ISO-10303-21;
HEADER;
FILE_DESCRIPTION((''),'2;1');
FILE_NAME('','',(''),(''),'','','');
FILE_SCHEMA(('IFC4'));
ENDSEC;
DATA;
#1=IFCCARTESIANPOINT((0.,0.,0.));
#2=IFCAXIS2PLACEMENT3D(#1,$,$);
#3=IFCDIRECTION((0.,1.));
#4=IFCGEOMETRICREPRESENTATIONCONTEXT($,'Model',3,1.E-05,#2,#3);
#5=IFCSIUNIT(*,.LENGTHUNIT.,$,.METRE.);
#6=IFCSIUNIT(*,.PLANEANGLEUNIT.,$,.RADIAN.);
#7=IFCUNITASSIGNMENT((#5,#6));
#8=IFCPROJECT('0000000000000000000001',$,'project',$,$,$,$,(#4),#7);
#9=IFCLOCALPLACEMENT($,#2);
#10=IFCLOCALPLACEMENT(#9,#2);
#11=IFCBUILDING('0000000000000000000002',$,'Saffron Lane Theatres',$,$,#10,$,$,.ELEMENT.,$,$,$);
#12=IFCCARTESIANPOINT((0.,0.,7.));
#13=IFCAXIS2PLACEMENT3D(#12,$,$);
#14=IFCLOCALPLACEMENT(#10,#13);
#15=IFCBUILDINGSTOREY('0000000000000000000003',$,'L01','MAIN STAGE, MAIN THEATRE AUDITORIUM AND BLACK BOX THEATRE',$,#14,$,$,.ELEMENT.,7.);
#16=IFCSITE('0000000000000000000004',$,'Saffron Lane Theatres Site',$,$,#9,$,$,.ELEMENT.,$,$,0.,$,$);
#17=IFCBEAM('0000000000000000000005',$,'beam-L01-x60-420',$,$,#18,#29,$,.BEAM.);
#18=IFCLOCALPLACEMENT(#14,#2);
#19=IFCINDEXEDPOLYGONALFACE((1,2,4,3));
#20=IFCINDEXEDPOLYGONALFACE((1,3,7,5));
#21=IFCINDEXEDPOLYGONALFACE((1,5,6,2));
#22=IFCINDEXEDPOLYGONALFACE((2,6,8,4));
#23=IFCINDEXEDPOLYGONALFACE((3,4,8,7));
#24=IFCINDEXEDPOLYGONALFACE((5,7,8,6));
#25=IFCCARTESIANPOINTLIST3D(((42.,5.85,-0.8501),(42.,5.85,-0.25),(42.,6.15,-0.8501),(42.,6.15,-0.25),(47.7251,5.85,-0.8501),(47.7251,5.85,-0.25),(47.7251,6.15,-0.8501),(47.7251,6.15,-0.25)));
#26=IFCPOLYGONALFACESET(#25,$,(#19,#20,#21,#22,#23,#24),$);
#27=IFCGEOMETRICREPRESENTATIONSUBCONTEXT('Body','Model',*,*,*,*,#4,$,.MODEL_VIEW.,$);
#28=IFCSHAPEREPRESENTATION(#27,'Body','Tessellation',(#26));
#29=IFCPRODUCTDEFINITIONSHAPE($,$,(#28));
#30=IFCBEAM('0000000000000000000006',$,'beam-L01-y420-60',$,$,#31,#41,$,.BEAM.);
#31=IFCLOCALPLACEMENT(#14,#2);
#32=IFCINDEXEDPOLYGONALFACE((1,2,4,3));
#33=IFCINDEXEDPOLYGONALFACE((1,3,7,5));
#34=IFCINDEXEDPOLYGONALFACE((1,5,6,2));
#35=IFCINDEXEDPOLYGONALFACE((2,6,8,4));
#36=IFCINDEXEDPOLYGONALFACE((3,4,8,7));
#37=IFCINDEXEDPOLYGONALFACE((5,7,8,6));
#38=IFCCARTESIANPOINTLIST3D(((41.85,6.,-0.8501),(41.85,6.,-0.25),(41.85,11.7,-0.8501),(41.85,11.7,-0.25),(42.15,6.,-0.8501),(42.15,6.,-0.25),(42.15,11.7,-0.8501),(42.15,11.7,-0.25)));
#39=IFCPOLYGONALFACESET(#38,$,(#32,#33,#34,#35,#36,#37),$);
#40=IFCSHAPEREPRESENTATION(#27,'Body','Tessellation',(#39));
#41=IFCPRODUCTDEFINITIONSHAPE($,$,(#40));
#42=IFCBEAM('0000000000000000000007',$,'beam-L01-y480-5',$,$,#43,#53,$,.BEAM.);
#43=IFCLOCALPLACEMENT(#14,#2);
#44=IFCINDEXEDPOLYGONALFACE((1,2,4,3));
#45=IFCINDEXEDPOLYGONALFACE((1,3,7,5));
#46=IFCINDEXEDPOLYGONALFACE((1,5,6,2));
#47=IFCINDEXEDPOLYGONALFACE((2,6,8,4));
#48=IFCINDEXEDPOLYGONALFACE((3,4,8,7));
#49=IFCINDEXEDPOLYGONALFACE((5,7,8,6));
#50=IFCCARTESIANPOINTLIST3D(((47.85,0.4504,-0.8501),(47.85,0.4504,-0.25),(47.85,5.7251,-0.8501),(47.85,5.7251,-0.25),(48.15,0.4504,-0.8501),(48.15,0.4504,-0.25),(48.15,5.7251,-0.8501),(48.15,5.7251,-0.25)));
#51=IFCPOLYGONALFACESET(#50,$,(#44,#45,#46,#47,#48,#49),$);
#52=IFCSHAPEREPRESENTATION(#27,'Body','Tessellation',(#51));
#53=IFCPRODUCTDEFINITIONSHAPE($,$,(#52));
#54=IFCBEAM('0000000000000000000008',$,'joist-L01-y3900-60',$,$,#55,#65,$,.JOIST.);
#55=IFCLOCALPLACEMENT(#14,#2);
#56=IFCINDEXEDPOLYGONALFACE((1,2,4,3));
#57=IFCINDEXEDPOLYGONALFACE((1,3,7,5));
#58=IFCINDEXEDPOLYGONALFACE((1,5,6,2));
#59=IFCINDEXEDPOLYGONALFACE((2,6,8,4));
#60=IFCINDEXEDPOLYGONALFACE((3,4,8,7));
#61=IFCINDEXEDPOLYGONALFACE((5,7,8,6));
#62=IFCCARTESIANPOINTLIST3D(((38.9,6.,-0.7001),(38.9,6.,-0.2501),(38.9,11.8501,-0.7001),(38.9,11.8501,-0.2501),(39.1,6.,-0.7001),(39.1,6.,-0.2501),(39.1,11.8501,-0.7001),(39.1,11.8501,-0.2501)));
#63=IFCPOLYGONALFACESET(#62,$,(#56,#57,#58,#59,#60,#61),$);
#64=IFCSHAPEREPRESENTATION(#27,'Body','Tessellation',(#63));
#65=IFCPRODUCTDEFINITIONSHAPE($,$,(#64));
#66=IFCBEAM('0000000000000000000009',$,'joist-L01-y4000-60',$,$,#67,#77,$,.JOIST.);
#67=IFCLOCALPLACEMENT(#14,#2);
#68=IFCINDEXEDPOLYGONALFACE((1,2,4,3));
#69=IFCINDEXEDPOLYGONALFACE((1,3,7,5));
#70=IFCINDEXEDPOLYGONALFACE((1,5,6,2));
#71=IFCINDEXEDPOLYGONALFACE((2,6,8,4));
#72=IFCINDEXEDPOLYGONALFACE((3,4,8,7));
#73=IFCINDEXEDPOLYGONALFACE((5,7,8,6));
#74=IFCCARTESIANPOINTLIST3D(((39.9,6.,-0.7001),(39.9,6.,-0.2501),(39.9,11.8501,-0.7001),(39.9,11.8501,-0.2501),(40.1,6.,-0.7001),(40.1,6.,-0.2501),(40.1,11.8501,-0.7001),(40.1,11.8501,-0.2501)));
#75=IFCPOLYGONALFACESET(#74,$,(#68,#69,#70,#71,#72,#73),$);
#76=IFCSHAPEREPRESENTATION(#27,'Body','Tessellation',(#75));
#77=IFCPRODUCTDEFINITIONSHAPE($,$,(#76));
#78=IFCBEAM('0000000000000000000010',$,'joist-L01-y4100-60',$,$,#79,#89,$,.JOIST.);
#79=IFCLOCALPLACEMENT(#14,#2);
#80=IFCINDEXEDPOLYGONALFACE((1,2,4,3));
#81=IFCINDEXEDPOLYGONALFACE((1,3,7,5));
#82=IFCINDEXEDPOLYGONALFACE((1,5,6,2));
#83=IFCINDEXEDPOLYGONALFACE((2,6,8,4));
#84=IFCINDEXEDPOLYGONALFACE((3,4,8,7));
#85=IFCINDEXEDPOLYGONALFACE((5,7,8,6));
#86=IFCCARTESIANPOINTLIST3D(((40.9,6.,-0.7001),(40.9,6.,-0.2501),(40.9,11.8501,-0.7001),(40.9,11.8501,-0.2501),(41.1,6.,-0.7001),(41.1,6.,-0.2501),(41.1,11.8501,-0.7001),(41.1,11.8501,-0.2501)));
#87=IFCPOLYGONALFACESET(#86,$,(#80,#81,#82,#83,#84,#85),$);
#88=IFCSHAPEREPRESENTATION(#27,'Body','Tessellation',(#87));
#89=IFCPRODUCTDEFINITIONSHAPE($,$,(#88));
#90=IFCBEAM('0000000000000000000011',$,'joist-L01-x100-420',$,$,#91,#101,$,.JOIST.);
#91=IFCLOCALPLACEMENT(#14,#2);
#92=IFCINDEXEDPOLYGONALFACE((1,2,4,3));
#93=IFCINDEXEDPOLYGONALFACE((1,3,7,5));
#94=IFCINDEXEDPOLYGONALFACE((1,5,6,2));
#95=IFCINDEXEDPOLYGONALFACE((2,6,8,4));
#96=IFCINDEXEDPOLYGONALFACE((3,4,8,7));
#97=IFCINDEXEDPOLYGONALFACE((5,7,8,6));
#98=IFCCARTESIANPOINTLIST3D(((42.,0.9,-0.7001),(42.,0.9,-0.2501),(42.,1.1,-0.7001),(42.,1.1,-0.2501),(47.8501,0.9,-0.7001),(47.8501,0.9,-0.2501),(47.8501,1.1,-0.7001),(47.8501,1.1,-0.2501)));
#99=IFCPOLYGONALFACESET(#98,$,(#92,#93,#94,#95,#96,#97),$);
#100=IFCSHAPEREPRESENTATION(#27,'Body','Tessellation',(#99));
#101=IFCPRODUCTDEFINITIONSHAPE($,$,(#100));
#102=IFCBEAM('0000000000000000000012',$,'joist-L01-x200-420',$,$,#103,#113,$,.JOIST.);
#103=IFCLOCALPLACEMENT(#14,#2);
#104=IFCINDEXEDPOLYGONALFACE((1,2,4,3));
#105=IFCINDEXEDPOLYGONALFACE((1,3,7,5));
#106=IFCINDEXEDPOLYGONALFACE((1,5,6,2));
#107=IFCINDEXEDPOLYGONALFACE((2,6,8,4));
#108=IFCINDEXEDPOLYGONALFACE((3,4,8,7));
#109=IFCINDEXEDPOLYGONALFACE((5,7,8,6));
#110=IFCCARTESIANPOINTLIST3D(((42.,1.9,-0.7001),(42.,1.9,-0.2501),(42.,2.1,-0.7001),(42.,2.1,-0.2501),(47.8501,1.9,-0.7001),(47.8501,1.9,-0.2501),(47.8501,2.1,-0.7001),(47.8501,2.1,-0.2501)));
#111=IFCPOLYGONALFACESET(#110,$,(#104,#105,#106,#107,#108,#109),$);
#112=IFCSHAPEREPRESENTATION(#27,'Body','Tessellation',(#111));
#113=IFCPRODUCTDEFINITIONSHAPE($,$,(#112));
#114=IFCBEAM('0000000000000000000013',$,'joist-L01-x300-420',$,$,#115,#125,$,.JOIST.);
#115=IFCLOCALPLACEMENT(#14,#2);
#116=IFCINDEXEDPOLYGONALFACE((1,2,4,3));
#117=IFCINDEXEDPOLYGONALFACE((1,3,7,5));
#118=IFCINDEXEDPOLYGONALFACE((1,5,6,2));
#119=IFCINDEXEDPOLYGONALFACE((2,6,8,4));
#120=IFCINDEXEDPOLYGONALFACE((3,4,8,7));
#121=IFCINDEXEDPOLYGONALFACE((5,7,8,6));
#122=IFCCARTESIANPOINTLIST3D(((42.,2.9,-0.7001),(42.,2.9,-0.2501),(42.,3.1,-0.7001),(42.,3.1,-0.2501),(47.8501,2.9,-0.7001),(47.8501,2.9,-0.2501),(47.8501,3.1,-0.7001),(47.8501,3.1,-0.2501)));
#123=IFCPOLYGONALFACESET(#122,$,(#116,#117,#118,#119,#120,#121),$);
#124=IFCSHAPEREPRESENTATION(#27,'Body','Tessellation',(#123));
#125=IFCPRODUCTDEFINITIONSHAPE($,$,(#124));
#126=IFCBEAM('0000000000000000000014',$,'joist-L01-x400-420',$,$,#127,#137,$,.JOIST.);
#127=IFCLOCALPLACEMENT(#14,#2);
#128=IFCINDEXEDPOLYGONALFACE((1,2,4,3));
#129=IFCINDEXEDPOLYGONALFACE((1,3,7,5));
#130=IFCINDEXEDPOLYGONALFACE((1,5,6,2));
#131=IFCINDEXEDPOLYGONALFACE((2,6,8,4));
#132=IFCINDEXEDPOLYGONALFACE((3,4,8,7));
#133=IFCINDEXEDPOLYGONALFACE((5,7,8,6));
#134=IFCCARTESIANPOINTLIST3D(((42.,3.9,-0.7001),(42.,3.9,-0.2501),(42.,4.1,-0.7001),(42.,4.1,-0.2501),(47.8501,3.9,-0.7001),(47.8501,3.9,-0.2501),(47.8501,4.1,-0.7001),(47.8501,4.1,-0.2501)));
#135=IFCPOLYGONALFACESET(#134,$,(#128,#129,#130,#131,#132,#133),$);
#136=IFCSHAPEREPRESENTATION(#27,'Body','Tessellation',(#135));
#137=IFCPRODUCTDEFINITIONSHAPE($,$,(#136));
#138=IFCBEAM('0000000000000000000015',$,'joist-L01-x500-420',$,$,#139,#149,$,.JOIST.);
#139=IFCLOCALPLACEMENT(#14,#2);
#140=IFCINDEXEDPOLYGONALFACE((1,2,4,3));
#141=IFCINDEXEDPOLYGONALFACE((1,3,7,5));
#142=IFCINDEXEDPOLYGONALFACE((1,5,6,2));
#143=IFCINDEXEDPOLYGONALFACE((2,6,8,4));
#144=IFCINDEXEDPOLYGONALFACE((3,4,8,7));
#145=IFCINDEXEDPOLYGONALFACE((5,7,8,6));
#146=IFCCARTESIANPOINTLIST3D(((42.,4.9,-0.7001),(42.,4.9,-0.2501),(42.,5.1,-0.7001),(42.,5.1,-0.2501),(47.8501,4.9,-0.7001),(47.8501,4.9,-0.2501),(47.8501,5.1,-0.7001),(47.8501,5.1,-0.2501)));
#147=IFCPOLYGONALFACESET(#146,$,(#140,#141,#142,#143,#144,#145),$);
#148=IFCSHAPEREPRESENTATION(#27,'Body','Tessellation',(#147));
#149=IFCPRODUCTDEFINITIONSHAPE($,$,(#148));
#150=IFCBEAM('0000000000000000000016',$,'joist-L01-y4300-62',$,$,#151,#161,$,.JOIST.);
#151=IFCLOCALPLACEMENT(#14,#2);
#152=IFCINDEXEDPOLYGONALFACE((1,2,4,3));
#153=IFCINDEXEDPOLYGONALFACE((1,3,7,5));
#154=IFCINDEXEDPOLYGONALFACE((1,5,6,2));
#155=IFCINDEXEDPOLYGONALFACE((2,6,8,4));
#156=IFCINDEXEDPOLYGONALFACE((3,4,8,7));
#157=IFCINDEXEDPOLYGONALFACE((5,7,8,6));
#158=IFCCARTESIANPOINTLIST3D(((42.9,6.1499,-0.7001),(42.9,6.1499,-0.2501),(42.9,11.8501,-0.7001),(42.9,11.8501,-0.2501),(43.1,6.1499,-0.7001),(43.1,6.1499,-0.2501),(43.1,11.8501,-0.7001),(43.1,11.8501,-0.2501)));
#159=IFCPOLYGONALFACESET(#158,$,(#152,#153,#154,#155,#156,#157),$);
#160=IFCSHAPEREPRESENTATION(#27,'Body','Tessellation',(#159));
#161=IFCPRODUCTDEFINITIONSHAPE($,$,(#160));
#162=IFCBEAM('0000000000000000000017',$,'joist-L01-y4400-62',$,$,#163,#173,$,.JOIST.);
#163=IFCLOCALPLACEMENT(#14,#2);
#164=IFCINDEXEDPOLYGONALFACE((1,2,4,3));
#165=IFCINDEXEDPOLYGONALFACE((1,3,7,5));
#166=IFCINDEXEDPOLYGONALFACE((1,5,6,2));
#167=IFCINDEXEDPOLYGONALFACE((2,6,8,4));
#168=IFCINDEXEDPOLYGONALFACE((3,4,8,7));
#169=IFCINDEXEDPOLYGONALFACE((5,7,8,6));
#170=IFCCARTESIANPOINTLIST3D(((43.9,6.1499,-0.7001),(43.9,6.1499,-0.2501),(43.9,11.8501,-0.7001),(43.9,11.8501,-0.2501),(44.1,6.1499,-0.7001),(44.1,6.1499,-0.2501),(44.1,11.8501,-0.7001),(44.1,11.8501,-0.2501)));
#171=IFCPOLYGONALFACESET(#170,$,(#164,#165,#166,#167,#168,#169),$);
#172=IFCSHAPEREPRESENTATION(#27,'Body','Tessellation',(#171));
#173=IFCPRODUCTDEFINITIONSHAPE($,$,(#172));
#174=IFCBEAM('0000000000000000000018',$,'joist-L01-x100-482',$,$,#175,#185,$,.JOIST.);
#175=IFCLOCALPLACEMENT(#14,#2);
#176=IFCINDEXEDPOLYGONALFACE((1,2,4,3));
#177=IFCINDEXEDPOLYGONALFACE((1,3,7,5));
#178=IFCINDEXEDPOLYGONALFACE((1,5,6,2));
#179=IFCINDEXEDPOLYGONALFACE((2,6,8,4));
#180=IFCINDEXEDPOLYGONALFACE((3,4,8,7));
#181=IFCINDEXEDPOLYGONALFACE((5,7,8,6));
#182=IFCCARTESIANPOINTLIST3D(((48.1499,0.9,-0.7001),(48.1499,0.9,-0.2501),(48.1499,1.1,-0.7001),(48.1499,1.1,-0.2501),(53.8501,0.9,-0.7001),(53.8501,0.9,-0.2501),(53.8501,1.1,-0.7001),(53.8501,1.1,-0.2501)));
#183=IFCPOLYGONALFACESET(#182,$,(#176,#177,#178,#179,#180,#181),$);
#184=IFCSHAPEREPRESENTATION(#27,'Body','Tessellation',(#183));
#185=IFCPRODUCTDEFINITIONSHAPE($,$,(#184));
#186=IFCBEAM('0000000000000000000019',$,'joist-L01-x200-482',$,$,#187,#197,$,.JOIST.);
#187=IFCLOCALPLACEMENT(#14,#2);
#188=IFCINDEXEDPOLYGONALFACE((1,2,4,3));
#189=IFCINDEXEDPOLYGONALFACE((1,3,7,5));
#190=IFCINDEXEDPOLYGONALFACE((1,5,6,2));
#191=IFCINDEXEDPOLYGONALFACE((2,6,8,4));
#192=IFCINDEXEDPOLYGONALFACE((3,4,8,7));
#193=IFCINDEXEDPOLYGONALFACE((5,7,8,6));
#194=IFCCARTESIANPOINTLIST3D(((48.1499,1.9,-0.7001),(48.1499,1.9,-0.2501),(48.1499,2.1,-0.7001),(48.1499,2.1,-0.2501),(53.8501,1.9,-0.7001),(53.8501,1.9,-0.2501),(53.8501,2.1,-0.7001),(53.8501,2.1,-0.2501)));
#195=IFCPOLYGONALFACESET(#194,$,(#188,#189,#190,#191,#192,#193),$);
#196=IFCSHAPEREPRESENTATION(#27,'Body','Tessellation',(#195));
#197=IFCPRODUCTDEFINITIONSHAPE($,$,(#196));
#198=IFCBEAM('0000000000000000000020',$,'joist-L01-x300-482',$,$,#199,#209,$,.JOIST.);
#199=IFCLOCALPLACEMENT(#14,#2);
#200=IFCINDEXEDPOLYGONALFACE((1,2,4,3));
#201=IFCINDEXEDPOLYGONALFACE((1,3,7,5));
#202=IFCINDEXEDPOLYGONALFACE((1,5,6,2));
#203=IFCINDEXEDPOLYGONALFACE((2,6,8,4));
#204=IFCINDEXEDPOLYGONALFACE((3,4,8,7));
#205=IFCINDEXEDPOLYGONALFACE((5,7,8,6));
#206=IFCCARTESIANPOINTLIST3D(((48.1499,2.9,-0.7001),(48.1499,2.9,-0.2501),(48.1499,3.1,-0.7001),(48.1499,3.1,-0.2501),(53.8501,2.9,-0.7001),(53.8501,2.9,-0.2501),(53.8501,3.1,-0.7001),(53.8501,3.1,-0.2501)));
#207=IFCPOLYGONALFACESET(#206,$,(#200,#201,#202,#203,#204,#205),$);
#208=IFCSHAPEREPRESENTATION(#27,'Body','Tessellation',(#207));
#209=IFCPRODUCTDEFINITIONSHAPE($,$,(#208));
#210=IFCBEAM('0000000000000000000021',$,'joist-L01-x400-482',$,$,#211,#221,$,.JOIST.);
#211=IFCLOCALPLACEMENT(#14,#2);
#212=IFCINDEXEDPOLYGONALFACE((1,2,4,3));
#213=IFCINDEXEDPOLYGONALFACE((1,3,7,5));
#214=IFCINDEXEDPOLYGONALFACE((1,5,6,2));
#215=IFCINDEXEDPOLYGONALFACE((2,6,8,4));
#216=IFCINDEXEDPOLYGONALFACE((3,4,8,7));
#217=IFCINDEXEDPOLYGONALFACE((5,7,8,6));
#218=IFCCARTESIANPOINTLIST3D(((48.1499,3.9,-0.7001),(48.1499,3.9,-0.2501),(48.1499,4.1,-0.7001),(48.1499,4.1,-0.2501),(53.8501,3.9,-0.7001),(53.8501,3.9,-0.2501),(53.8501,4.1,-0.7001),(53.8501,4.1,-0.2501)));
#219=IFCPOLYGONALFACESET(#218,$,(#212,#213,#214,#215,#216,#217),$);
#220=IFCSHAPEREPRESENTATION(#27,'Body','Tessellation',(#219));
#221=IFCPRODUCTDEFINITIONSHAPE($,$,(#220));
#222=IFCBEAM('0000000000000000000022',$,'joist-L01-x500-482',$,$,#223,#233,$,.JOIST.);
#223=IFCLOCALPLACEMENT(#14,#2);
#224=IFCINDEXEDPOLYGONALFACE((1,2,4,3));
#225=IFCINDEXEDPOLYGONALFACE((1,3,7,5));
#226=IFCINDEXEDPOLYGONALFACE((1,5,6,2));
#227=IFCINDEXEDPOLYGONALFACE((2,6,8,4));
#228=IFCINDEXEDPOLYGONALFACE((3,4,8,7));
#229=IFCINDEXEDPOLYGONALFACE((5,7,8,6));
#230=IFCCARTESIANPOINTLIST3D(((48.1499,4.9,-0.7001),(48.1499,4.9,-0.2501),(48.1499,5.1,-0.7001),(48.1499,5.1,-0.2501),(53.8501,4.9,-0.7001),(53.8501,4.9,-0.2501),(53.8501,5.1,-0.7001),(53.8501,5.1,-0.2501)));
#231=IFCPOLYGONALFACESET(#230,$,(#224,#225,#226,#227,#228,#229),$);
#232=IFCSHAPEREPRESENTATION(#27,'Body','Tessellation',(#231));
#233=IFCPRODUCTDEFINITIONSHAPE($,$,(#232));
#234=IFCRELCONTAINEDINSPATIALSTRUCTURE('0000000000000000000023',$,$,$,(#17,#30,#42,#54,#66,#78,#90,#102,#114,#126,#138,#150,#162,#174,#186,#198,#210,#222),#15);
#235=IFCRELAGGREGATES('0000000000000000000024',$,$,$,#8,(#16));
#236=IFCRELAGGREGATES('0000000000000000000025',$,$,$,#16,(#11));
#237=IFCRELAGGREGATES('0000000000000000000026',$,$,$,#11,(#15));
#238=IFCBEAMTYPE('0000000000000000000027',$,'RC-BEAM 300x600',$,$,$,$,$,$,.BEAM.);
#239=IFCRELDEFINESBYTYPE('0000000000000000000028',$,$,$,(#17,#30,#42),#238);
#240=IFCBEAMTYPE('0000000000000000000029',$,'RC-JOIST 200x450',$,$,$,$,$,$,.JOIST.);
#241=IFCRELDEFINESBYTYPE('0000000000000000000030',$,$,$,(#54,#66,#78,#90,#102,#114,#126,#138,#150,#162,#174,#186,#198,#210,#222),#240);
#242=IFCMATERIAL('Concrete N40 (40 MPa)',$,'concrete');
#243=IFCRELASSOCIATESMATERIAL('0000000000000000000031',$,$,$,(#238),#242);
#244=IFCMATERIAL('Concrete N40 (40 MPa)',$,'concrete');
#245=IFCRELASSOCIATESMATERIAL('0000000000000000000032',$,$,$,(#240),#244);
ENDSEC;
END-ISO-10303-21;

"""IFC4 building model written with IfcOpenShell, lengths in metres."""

from ifc_helpers import new_model, si_unit, direction, frame, origin, origin_2d, place, context, subcontext, project, spatial, rectangle, extrude, material, material_profile, profile_set, type_object, element, save


model = new_model("IFC4")

# Units and contexts
model_context = context("Model", 3, precision=1e-05, world=origin(), true_north=direction((0.0, 1.0)))
body_context = subcontext(model_context, "Body", "Model", "MODEL_VIEW")
ifc_project = project(units=[si_unit("LENGTHUNIT", "METRE"), si_unit("PLANEANGLEUNIT", "RADIAN")], contexts=[model_context])

# Site, building, storey
site_placement = place(None, origin())
site = spatial("IfcSite", under=ifc_project, at=site_placement, Name="Saffron Lane Theatres Site", CompositionType="ELEMENT", RefElevation=0.0)
building_placement = place(site_placement, origin())
building = spatial("IfcBuilding", under=site, at=building_placement, Name="Saffron Lane Theatres", CompositionType="ELEMENT")
storey_placement = place(building_placement, frame((0.0, 0.0, 7.0)))
storey = spatial("IfcBuildingStorey", under=building, at=storey_placement, Name="L01", Description="MAIN STAGE, MAIN THEATRE AUDITORIUM AND BLACK BOX THEATRE", CompositionType="ELEMENT", Elevation=7.0)

# Beams
ifc_material_1 = material(Name="Concrete N40 (40 MPa)", Category="concrete")
ifc_material_profile_1 = material_profile(ifc_material_1, rectangle(XDim=0.3, YDim=0.6001, at=origin_2d()))
ifc_profile_set_1 = profile_set([ifc_material_profile_1], Name="Concrete N40 (40 MPa)")
beam_type_1 = type_object("IfcBeamType", Name="RC-BEAM 300x600", PredefinedType="BEAM", material=ifc_profile_set_1)
beam_1_placement = place(storey_placement, frame((42.0, 6.0, -0.55), z_axis=(1.0, 0.0, 0.0), x_axis=(0.0, 1.0, 0.0)))
element("IfcBeam", 1, at=beam_1_placement, inside=storey, type_object=beam_type_1, Name="beam-L01-x60-420", PredefinedType="BEAM", context=body_context, shape_type="SweptSolid", body=[
    extrude(rectangle(XDim=0.3, YDim=0.6001, at=origin_2d()), origin(), (0.0, 0.0, 1.0), 5.7251),
])
beam_2_placement = place(storey_placement, frame((42.0, 6.0, -0.55), z_axis=(0.0, 1.0, 0.0), x_axis=(-1.0, 0.0, 0.0)))
element("IfcBeam", 2, at=beam_2_placement, inside=storey, type_object=beam_type_1, Name="beam-L01-y420-60", PredefinedType="BEAM", context=body_context, shape_type="SweptSolid", body=[
    extrude(rectangle(XDim=0.3, YDim=0.6001, at=origin_2d()), origin(), (0.0, 0.0, 1.0), 5.7),
])
beam_3_placement = place(storey_placement, frame((48.0, 0.4504, -0.55), z_axis=(0.0, 1.0, 0.0), x_axis=(-1.0, 0.0, 0.0)))
element("IfcBeam", 3, at=beam_3_placement, inside=storey, type_object=beam_type_1, Name="beam-L01-y480-5", PredefinedType="BEAM", context=body_context, shape_type="SweptSolid", body=[
    extrude(rectangle(XDim=0.3, YDim=0.6001, at=origin_2d()), origin(), (0.0, 0.0, 1.0), 5.2747),
])
ifc_material_2 = material(Name="Concrete N40 (40 MPa)", Category="concrete")
ifc_material_profile_2 = material_profile(ifc_material_2, rectangle(XDim=0.2, YDim=0.45, at=origin_2d()))
ifc_profile_set_2 = profile_set([ifc_material_profile_2], Name="Concrete N40 (40 MPa)")
beam_type_2 = type_object("IfcBeamType", Name="RC-JOIST 200x450", PredefinedType="JOIST", material=ifc_profile_set_2)
for number, where, z_axis, x_axis, name in (
    (4, (39.0, 6.0, -0.4751), (0.0, 1.0, 0.0), (-1.0, 0.0, 0.0), "joist-L01-y3900-60"),
    (5, (40.0, 6.0, -0.4751), (0.0, 1.0, 0.0), (-1.0, 0.0, 0.0), "joist-L01-y4000-60"),
    (6, (41.0, 6.0, -0.4751), (0.0, 1.0, 0.0), (-1.0, 0.0, 0.0), "joist-L01-y4100-60"),
    (7, (42.0, 1.0, -0.4751), (1.0, 0.0, 0.0), (0.0, 1.0, 0.0), "joist-L01-x100-420"),
    (8, (42.0, 2.0, -0.4751), (1.0, 0.0, 0.0), (0.0, 1.0, 0.0), "joist-L01-x200-420"),
    (9, (42.0, 3.0, -0.4751), (1.0, 0.0, 0.0), (0.0, 1.0, 0.0), "joist-L01-x300-420"),
    (10, (42.0, 4.0, -0.4751), (1.0, 0.0, 0.0), (0.0, 1.0, 0.0), "joist-L01-x400-420"),
    (11, (42.0, 5.0, -0.4751), (1.0, 0.0, 0.0), (0.0, 1.0, 0.0), "joist-L01-x500-420"),
):
    element("IfcBeam", number, at=place(storey_placement, frame(where, z_axis=z_axis, x_axis=x_axis)), inside=storey, type_object=beam_type_2, Name=name, PredefinedType="JOIST", context=body_context, shape_type="SweptSolid", body=[
        extrude(rectangle(XDim=0.2, YDim=0.45, at=origin_2d()), origin(), (0.0, 0.0, 1.0), 5.8501),
    ])
for number, where, z_axis, x_axis, name in (
    (12, (43.0, 6.1499, -0.4751), (0.0, 1.0, 0.0), (-1.0, 0.0, 0.0), "joist-L01-y4300-62"),
    (13, (44.0, 6.1499, -0.4751), (0.0, 1.0, 0.0), (-1.0, 0.0, 0.0), "joist-L01-y4400-62"),
    (14, (48.1499, 1.0, -0.4751), (1.0, 0.0, 0.0), (0.0, 1.0, 0.0), "joist-L01-x100-482"),
    (15, (48.1499, 2.0, -0.4751), (1.0, 0.0, 0.0), (0.0, 1.0, 0.0), "joist-L01-x200-482"),
    (16, (48.1499, 3.0, -0.4751), (1.0, 0.0, 0.0), (0.0, 1.0, 0.0), "joist-L01-x300-482"),
    (17, (48.1499, 4.0, -0.4751), (1.0, 0.0, 0.0), (0.0, 1.0, 0.0), "joist-L01-x400-482"),
    (18, (48.1499, 5.0, -0.4751), (1.0, 0.0, 0.0), (0.0, 1.0, 0.0), "joist-L01-x500-482"),
):
    element("IfcBeam", number, at=place(storey_placement, frame(where, z_axis=z_axis, x_axis=x_axis)), inside=storey, type_object=beam_type_2, Name=name, PredefinedType="JOIST", context=body_context, shape_type="SweptSolid", body=[
        extrude(rectangle(XDim=0.2, YDim=0.45, at=origin_2d()), origin(), (0.0, 0.0, 1.0), 5.7002),
    ])

save(model, "model.ifc")
